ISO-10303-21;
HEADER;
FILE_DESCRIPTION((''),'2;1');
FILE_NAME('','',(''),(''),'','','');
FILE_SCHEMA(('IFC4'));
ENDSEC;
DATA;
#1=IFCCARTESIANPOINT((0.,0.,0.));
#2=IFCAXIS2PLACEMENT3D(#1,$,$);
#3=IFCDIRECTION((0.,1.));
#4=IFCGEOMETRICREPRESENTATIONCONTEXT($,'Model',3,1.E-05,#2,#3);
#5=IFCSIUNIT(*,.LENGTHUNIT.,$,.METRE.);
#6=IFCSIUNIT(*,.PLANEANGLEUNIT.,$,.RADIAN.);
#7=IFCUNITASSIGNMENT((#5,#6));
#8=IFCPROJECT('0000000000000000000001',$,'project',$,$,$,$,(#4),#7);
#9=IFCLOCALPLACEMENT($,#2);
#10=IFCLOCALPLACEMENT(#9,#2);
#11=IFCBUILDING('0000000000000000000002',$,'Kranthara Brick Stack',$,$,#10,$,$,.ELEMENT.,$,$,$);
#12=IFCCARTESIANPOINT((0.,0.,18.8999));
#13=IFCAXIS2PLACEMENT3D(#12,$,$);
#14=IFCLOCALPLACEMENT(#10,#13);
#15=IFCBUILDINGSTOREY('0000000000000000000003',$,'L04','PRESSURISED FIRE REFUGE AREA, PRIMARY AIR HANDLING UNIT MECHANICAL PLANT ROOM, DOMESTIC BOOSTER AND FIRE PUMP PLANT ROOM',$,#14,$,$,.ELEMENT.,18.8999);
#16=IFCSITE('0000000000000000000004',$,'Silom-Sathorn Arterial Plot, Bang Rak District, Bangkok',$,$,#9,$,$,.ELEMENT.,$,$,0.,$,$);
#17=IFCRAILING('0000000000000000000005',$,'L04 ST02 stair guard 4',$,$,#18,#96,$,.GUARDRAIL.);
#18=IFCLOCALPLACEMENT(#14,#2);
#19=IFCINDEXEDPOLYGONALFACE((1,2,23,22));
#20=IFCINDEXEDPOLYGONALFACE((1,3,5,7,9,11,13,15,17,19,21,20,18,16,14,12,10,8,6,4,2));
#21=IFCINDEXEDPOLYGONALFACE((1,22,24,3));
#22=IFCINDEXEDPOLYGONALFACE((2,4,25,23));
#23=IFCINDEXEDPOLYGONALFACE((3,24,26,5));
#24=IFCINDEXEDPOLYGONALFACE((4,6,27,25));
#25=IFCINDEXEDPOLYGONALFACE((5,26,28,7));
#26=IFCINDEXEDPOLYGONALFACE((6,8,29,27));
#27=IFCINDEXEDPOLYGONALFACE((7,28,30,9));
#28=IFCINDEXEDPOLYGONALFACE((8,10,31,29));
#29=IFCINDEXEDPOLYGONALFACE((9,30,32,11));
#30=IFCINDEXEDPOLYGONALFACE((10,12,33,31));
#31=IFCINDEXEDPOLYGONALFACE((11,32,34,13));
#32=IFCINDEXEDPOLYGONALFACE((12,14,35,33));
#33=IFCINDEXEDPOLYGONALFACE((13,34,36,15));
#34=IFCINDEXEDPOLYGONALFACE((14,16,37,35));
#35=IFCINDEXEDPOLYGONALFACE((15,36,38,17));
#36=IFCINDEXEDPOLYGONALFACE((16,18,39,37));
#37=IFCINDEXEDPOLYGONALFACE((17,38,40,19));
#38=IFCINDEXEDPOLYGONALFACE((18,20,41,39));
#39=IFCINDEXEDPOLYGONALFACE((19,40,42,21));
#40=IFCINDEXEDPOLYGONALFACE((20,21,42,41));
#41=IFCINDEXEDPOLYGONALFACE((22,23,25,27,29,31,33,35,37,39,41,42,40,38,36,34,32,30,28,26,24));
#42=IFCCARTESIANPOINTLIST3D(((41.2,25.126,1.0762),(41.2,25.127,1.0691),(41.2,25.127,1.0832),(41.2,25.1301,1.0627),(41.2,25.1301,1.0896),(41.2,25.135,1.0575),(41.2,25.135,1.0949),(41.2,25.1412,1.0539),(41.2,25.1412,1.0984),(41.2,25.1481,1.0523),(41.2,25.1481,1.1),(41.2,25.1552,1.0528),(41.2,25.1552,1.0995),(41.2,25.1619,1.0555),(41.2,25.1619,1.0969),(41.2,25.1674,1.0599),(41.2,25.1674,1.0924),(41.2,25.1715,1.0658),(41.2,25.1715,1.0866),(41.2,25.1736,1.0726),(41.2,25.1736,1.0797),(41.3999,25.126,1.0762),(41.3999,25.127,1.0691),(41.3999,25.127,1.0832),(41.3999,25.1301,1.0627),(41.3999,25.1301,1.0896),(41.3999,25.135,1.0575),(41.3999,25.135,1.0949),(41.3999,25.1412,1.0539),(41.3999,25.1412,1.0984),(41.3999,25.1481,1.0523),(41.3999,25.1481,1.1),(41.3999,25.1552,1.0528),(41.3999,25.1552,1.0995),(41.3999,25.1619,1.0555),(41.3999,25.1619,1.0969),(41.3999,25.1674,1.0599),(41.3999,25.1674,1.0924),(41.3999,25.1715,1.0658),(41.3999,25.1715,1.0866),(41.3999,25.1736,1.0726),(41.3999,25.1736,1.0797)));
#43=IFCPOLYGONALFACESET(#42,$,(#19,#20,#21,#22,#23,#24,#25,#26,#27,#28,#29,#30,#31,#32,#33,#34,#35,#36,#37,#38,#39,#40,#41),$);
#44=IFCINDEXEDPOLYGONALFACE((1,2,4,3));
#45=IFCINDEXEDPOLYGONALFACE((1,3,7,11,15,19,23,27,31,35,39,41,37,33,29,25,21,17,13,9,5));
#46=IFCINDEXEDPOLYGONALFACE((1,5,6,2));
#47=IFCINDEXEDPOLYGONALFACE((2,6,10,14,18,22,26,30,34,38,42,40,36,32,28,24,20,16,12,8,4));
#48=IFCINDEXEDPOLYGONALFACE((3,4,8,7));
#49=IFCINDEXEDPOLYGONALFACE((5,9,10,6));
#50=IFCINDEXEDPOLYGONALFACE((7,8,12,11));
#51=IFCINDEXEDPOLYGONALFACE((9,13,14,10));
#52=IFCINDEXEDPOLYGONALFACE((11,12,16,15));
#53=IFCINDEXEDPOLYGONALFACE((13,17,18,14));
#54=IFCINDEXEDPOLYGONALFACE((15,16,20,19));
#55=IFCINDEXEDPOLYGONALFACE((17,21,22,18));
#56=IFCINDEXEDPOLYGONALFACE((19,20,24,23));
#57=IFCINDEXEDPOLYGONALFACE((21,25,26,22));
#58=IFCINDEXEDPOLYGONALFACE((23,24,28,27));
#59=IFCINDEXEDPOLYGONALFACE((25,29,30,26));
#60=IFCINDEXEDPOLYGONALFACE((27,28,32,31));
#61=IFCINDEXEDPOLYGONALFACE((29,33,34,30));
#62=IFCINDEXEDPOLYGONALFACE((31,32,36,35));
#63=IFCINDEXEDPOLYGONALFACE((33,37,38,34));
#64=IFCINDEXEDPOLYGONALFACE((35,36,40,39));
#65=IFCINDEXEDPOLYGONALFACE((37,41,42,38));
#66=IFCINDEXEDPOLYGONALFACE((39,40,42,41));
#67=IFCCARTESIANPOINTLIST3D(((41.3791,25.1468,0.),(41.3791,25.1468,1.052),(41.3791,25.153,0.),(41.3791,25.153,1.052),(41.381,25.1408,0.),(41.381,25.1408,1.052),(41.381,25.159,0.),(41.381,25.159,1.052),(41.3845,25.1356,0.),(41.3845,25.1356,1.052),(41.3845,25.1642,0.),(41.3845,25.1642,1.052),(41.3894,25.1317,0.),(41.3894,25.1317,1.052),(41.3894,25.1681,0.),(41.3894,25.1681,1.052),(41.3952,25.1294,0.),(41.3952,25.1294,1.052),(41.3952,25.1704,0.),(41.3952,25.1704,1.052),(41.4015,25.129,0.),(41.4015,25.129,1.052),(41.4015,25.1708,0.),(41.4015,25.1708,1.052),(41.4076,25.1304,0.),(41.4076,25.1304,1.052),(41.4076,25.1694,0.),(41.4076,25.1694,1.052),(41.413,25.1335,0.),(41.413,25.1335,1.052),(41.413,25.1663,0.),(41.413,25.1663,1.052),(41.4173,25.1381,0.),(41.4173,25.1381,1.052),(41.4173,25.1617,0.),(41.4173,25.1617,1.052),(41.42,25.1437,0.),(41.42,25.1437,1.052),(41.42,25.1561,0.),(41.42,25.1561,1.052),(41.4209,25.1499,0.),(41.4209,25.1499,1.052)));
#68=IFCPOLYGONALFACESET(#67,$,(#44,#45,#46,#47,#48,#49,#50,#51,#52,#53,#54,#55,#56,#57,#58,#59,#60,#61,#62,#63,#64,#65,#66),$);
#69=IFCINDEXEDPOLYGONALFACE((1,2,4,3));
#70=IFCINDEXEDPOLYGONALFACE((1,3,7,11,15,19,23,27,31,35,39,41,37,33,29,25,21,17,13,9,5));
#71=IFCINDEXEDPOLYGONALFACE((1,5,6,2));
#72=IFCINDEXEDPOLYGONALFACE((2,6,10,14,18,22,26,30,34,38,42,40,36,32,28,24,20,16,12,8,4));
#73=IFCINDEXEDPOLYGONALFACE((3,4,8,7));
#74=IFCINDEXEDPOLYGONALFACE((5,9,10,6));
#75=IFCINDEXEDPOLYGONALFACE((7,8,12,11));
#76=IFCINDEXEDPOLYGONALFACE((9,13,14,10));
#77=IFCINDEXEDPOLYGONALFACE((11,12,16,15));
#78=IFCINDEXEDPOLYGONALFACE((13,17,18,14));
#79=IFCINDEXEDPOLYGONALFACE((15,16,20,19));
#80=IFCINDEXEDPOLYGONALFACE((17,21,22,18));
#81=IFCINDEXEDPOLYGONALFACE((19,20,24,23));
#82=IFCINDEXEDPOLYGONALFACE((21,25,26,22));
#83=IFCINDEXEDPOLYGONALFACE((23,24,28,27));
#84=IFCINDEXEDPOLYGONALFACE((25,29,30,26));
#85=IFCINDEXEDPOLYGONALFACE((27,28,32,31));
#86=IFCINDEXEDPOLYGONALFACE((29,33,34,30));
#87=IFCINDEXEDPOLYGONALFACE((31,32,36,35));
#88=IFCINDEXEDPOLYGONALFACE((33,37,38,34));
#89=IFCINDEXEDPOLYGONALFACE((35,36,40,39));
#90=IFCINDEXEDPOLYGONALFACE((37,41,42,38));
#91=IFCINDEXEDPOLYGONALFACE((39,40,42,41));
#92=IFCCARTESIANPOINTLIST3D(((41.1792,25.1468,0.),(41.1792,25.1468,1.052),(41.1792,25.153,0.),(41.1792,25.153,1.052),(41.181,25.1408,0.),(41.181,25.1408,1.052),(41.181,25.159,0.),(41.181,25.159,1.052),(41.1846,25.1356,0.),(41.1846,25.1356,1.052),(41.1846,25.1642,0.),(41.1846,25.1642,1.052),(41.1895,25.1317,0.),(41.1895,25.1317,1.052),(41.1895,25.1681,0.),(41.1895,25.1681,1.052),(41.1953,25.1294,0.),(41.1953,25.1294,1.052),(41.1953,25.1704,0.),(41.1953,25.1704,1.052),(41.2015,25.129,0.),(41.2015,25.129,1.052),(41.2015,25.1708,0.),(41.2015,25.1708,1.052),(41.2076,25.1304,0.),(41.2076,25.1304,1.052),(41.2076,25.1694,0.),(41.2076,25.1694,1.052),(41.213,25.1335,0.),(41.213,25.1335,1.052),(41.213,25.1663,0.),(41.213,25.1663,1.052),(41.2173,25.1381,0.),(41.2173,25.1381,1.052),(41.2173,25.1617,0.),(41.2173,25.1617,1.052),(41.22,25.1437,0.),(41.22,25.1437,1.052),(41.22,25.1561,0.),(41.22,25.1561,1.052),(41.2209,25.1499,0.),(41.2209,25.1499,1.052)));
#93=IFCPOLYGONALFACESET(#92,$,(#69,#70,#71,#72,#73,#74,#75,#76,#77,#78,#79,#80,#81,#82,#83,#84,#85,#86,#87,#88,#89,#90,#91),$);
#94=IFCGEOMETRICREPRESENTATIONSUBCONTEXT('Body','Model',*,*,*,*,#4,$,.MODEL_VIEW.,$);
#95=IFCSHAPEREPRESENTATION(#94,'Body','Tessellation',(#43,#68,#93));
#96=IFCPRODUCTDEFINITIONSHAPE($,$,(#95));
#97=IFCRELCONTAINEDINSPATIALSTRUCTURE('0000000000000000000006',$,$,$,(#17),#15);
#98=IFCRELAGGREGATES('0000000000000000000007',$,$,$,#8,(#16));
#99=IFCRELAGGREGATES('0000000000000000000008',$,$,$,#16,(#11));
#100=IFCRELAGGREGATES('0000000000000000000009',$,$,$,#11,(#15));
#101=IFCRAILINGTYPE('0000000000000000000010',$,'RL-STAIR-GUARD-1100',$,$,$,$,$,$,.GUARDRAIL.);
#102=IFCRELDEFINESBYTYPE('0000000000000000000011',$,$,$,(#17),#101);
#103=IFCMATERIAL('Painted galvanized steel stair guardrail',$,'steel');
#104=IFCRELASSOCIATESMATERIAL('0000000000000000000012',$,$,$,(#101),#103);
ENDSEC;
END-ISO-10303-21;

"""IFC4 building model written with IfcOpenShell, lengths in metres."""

from ifc_helpers import new_model, si_unit, direction, frame, origin, origin_2d, place, context, subcontext, project, spatial, circle, extrude, material, type_object, element, save


model = new_model("IFC4")

# Units and contexts
model_context = context("Model", 3, precision=1e-05, world=origin(), true_north=direction((0.0, 1.0)))
body_context = subcontext(model_context, "Body", "Model", "MODEL_VIEW")
ifc_project = project(units=[si_unit("LENGTHUNIT", "METRE"), si_unit("PLANEANGLEUNIT", "RADIAN")], contexts=[model_context])

# Site, building, storey
site_placement = place(None, origin())
site = spatial("IfcSite", under=ifc_project, at=site_placement, Name="Silom-Sathorn Arterial Plot, Bang Rak District, Bangkok", CompositionType="ELEMENT", RefElevation=0.0)
building_placement = place(site_placement, origin())
building = spatial("IfcBuilding", under=site, at=building_placement, Name="Kranthara Brick Stack", CompositionType="ELEMENT")
storey_placement = place(building_placement, frame((0.0, 0.0, 18.8999)))
storey = spatial("IfcBuildingStorey", under=building, at=storey_placement, Name="L04", Description="PRESSURISED FIRE REFUGE AREA, PRIMARY AIR HANDLING UNIT MECHANICAL PLANT ROOM, DOMESTIC BOOSTER AND FIRE PUMP PLANT ROOM", CompositionType="ELEMENT", Elevation=18.8999)

# Railing
ifc_material_1 = material(Name="Painted galvanized steel stair guardrail", Category="steel")
railing_type = type_object("IfcRailingType", Name="RL-STAIR-GUARD-1100", PredefinedType="GUARDRAIL", material=ifc_material_1)
railing_1_placement = place(storey_placement, frame((41.3999, 25.1499, 0.0)))
element("IfcRailing", 1, at=railing_1_placement, inside=storey, type_object=railing_type, Name="L04 ST02 stair guard 4", PredefinedType="GUARDRAIL", context=body_context, shape_type="SweptSolid", body=[
    extrude(circle(Radius=0.0239, at=origin_2d()), frame((0.0, 0.0, 1.0762), z_axis=(-1.0, 0.0, 0.0), x_axis=(0.0, -1.0, 0.0)), (0.0, 0.0, 1.0), 0.2),
    extrude(circle(Radius=0.021, at=origin_2d()), origin(), (0.0, 0.0, 1.0), 1.052),
    extrude(circle(Radius=0.021, at=origin_2d()), frame((-0.2, 0.0, 0.0)), (0.0, 0.0, 1.0), 1.052),
])

save(model, "model.ifc")
